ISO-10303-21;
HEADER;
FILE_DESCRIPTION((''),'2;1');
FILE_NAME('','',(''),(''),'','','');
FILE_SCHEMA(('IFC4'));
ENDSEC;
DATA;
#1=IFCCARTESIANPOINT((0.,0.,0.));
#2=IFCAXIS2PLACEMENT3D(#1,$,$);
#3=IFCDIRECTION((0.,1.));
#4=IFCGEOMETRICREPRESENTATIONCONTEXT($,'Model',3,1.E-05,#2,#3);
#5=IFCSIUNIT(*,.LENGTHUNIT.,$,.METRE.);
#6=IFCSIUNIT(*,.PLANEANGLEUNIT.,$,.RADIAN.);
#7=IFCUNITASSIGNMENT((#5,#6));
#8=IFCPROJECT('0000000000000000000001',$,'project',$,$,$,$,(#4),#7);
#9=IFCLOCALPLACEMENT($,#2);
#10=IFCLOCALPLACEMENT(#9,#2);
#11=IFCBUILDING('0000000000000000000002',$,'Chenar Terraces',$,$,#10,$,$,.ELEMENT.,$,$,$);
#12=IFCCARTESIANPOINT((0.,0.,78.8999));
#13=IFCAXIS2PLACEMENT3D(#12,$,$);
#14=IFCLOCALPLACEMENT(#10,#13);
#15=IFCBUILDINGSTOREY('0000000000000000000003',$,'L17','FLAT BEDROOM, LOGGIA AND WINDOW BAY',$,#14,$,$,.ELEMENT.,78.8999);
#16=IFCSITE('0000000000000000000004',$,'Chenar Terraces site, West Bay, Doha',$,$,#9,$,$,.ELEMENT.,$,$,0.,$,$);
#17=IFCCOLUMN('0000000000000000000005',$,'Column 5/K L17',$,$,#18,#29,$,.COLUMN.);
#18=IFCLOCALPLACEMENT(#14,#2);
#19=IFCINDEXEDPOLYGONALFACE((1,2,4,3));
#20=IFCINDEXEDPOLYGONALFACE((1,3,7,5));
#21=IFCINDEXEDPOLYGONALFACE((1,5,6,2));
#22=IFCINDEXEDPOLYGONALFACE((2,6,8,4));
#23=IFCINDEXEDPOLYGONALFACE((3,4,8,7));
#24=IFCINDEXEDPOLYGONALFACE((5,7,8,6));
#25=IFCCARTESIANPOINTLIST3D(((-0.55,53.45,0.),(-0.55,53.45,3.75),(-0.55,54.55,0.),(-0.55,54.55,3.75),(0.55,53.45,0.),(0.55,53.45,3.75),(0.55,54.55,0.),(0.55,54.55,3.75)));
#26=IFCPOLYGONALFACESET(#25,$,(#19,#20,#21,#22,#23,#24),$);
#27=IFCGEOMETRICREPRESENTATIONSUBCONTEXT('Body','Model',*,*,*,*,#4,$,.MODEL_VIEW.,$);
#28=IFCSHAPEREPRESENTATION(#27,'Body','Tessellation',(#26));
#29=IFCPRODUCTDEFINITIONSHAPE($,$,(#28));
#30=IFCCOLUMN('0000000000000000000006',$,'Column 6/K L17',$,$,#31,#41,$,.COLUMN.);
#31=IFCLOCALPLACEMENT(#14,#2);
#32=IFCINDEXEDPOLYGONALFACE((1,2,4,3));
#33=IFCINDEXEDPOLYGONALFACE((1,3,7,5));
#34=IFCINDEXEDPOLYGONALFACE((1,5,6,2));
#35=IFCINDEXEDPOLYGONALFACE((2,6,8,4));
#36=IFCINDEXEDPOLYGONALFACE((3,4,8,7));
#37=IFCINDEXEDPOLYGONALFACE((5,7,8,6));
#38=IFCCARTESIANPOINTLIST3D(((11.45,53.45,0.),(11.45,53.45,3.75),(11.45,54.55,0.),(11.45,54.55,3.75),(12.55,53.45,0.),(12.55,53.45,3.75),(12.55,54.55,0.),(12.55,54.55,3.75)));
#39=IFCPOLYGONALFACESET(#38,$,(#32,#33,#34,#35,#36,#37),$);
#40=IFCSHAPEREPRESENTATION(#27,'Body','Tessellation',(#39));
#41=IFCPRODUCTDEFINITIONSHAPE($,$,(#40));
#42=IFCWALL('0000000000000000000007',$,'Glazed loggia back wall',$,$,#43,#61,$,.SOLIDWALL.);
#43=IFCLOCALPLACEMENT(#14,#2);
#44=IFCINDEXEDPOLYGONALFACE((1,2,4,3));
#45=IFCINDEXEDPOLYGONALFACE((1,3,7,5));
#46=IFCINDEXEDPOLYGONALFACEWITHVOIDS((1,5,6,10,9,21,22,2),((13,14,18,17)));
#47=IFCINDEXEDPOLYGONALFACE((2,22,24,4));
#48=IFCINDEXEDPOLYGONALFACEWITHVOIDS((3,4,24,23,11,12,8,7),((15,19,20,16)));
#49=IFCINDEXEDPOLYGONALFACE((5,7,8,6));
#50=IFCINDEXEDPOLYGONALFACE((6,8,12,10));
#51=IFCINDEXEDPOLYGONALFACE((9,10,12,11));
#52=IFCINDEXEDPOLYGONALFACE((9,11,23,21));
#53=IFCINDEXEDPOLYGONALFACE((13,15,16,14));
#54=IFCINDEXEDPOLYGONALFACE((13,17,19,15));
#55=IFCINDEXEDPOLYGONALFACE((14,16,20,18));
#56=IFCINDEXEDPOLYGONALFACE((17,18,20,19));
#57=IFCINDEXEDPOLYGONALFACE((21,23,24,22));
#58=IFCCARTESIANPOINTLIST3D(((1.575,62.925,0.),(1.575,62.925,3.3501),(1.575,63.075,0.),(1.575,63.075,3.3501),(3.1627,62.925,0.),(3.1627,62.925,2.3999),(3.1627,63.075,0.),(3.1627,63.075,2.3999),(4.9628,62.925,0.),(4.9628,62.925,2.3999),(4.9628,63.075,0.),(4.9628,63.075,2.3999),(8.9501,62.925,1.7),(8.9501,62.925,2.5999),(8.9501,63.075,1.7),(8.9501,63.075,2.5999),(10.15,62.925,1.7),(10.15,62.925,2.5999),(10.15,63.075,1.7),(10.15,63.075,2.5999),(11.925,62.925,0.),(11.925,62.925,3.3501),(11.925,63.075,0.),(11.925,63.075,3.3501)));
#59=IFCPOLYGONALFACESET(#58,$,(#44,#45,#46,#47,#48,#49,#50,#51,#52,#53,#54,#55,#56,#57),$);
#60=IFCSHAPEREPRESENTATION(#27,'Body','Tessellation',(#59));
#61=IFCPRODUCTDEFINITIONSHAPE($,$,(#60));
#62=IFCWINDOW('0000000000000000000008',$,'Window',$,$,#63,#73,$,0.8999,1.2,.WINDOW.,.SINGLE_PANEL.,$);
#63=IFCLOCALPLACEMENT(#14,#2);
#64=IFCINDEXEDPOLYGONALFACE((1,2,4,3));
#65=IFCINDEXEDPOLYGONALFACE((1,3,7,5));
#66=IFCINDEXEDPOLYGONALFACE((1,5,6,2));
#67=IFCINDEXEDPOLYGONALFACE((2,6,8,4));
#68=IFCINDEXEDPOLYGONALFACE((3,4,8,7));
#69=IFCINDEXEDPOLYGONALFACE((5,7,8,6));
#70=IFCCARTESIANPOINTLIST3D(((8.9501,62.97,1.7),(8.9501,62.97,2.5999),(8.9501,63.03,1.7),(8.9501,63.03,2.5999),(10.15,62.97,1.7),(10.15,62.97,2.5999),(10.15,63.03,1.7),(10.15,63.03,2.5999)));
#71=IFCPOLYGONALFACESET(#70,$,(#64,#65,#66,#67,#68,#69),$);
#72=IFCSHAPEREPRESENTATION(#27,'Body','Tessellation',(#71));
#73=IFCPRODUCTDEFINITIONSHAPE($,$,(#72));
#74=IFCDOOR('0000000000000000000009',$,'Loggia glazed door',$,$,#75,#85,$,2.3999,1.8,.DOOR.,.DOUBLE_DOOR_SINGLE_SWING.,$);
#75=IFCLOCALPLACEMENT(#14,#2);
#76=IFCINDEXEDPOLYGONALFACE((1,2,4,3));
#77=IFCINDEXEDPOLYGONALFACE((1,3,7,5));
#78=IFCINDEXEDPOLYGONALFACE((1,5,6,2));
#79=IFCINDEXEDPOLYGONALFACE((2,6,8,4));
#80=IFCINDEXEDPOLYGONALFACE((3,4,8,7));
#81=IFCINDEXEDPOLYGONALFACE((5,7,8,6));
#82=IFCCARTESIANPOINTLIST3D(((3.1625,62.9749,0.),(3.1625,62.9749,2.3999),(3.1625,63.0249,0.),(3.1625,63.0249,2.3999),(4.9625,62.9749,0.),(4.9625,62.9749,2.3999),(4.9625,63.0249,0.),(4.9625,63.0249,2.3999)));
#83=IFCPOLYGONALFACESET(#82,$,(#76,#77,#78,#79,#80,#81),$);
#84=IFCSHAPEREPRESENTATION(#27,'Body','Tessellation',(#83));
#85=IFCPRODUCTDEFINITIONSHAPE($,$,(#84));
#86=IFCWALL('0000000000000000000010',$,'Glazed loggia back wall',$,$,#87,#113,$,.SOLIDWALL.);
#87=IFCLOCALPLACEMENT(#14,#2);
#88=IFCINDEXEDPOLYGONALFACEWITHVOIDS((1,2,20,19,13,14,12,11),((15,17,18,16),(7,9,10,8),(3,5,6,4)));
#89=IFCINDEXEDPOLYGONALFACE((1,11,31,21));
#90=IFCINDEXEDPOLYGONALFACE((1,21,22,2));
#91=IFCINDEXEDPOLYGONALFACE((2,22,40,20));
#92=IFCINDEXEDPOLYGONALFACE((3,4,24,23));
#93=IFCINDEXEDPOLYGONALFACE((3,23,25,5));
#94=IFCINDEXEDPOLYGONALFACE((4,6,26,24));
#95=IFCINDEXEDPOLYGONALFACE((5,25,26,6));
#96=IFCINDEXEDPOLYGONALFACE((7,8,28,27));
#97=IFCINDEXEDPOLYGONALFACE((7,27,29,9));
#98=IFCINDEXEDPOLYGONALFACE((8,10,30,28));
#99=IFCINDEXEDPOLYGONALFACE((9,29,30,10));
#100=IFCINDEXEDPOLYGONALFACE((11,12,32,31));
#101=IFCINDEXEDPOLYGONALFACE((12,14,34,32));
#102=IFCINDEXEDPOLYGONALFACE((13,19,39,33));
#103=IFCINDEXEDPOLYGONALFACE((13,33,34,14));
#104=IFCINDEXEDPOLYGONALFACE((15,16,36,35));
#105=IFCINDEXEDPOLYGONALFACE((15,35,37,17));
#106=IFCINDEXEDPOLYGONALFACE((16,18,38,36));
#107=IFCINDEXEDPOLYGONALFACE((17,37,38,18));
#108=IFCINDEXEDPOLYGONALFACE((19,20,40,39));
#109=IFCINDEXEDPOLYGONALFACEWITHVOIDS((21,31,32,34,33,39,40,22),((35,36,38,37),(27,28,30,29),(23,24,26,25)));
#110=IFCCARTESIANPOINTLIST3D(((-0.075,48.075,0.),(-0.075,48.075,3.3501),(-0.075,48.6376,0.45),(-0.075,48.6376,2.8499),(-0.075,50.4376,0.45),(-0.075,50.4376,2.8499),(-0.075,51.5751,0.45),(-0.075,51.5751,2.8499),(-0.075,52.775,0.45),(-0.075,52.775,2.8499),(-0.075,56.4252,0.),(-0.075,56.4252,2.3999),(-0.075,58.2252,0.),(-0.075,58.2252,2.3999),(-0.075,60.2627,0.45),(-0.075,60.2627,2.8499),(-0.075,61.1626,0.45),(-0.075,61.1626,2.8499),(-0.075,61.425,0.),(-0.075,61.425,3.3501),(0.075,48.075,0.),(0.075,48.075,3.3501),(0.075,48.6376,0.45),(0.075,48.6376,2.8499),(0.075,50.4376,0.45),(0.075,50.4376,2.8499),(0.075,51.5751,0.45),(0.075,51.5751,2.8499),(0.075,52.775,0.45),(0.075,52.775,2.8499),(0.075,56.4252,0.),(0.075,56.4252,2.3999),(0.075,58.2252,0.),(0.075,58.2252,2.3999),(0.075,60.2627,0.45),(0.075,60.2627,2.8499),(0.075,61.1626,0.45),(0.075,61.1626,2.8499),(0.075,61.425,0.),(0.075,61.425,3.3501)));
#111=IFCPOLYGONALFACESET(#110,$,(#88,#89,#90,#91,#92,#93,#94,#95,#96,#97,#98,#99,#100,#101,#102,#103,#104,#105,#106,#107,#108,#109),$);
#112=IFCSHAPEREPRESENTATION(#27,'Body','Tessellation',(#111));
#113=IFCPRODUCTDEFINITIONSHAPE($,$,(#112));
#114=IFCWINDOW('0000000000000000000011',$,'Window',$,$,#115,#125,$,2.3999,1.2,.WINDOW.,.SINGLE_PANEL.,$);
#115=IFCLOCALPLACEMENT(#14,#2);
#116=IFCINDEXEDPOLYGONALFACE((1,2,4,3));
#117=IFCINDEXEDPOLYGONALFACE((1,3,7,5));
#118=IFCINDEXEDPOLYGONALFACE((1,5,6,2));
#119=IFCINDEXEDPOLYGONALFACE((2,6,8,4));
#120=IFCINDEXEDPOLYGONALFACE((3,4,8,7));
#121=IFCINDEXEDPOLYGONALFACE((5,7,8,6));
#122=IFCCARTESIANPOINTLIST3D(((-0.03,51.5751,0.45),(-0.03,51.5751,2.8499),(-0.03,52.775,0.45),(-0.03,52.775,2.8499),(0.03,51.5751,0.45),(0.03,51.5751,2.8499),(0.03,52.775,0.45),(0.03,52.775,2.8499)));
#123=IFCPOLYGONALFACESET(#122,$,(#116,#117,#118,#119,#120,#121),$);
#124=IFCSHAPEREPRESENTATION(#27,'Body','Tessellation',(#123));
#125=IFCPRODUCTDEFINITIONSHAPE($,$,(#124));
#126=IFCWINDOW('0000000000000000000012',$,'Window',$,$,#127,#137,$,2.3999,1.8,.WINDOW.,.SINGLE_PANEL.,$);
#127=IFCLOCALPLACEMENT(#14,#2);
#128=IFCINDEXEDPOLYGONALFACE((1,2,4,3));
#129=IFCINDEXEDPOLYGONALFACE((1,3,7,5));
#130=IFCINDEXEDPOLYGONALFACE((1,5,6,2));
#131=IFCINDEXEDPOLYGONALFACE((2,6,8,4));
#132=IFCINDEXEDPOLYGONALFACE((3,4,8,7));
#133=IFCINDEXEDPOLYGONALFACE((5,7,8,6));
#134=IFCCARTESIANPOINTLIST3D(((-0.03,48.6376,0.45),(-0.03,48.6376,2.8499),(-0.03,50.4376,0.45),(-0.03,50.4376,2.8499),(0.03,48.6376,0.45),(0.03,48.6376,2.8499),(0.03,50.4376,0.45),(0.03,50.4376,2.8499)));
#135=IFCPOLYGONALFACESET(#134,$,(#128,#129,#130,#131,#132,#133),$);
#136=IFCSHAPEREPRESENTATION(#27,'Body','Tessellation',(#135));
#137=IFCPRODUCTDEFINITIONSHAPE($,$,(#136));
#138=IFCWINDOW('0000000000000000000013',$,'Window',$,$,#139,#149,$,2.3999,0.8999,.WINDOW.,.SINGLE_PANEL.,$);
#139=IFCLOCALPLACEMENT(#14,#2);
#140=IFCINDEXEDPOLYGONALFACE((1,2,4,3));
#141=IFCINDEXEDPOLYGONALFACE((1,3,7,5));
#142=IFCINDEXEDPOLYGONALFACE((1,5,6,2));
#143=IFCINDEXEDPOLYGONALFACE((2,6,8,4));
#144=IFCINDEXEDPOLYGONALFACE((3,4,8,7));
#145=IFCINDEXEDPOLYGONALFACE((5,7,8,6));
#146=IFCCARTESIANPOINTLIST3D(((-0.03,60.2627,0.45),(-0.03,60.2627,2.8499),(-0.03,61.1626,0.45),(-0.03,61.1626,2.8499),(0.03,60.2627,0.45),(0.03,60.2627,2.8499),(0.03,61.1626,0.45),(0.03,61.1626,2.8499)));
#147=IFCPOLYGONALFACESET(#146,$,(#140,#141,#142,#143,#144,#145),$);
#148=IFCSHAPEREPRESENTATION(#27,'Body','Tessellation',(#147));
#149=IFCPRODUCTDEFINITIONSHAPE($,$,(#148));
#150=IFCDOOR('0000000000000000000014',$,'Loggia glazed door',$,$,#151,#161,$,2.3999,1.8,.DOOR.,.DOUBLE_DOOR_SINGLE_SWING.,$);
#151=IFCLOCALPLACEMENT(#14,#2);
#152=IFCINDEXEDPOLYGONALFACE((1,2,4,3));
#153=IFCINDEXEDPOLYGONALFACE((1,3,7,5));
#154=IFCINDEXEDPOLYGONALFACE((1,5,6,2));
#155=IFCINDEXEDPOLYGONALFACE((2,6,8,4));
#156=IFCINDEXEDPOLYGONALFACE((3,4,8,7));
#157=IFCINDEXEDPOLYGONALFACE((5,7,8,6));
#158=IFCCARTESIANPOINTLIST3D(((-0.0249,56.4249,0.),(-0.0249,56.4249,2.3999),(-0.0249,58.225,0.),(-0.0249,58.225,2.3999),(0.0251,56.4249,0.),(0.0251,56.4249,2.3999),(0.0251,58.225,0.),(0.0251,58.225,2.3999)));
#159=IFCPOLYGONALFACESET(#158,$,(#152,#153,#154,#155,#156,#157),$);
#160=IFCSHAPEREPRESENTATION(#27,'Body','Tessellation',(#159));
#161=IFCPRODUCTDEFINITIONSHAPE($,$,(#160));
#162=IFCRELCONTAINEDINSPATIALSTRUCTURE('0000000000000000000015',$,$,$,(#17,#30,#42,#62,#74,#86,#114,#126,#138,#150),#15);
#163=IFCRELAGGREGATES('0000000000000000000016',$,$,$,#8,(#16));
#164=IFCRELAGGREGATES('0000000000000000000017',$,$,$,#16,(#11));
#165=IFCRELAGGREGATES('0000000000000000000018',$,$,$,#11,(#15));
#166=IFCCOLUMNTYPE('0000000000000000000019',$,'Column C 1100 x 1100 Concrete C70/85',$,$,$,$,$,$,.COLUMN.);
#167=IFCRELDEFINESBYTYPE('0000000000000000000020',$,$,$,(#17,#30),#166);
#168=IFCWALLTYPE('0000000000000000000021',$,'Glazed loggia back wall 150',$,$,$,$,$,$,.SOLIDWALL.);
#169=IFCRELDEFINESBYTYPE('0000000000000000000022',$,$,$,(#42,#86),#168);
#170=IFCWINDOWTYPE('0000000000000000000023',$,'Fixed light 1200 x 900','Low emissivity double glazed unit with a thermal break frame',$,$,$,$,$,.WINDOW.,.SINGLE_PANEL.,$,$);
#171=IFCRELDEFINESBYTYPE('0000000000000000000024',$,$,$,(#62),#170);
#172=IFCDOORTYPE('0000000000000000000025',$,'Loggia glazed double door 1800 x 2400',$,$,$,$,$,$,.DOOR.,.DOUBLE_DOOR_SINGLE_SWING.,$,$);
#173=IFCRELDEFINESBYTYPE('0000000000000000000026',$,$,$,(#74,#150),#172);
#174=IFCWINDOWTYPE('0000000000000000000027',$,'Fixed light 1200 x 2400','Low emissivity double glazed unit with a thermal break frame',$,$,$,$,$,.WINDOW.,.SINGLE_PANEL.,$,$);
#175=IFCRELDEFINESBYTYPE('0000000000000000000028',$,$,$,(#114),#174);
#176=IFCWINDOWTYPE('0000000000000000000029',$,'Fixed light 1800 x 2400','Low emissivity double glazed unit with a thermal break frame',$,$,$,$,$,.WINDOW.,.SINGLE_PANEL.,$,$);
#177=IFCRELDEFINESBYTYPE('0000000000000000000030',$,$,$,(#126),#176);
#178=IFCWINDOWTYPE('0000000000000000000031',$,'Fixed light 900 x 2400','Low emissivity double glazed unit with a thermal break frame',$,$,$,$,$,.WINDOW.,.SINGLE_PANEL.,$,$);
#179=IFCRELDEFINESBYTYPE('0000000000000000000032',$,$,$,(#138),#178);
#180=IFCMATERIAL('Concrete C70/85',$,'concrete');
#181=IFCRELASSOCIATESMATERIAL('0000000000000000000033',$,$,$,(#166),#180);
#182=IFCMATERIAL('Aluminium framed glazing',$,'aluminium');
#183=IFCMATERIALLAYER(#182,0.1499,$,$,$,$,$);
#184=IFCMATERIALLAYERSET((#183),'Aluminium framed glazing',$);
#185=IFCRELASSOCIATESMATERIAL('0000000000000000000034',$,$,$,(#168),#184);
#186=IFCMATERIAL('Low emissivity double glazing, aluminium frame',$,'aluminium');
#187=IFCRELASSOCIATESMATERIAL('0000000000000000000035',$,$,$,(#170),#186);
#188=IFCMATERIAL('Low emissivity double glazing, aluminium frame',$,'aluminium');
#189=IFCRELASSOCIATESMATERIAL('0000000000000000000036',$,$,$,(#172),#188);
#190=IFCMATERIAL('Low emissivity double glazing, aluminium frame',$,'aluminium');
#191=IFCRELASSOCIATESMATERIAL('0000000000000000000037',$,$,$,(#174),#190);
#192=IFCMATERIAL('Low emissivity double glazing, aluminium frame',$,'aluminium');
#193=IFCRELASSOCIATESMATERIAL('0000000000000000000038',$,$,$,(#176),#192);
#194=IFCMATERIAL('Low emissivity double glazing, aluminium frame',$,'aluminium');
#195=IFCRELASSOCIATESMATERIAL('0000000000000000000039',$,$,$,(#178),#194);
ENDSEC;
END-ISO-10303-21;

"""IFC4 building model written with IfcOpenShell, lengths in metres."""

from ifc_helpers import new_model, si_unit, direction, frame, frame_2d, origin, origin_2d, place, context, subcontext, project, spatial, rectangle, extrude, material, layer, layer_set, material_profile, profile_set, type_object, element, fill, save


model = new_model("IFC4")

# Units and contexts
model_context = context("Model", 3, precision=1e-05, world=origin(), true_north=direction((0.0, 1.0)))
body_context = subcontext(model_context, "Body", "Model", "MODEL_VIEW")
ifc_project = project(units=[si_unit("LENGTHUNIT", "METRE"), si_unit("PLANEANGLEUNIT", "RADIAN")], contexts=[model_context])

# Site, building, storey
site_placement = place(None, origin())
site = spatial("IfcSite", under=ifc_project, at=site_placement, Name="Chenar Terraces site, West Bay, Doha", CompositionType="ELEMENT", RefElevation=0.0)
building_placement = place(site_placement, origin())
building = spatial("IfcBuilding", under=site, at=building_placement, Name="Chenar Terraces", CompositionType="ELEMENT")
storey_placement = place(building_placement, frame((0.0, 0.0, 78.8999)))
storey = spatial("IfcBuildingStorey", under=building, at=storey_placement, Name="L17", Description="FLAT BEDROOM, LOGGIA AND WINDOW BAY", CompositionType="ELEMENT", Elevation=78.8999)

# Columns
ifc_material_1 = material(Name="Concrete C70/85", Category="concrete")
ifc_material_profile_1 = material_profile(ifc_material_1, rectangle(XDim=1.1001, YDim=1.1001, at=origin_2d()), Name="C 1100 x 1100")
ifc_profile_set_1 = profile_set([ifc_material_profile_1], Name="Concrete C70/85")
column_type = type_object("IfcColumnType", Name="Column C 1100 x 1100 Concrete C70/85", PredefinedType="COLUMN", material=ifc_profile_set_1)
for number, where, z_axis, x_axis, name in (
    (1, (0.0, 54.0, 0.0), (0.0, 0.0, 1.0), (1.0, 0.0, 0.0), "Column 5/K L17"),
    (2, (12.0, 54.0, 0.0), (0.0, 0.0, 1.0), (1.0, 0.0, 0.0), "Column 6/K L17"),
):
    element("IfcColumn", number, at=place(storey_placement, frame(where, z_axis=z_axis, x_axis=x_axis)), inside=storey, type_object=column_type, Name=name, PredefinedType="COLUMN", context=body_context, shape_type="SweptSolid", body=[
        extrude(rectangle(XDim=1.1001, YDim=1.1001, at=origin_2d()), origin(), (0.0, 0.0, 1.0), 3.75),
    ])

# Wall, openings, window, door
ifc_material_2 = material(Name="Aluminium framed glazing", Category="aluminium")
ifc_layer_1 = layer(ifc_material_2, 0.1499)
ifc_layer_set_1 = layer_set([ifc_layer_1], Name="Aluminium framed glazing")
wall_type_1 = type_object("IfcWallType", Name="Glazed loggia back wall 150", PredefinedType="SOLIDWALL", material=ifc_layer_set_1)
wall_1_placement = place(storey_placement, frame((11.925, 63.0, 0.0), z_axis=(0.0, 0.0, 1.0), x_axis=(-1.0, 0.0, 0.0)))
wall_1 = element("IfcWall", 3, at=wall_1_placement, inside=storey, type_object=wall_type_1, Name="Glazed loggia back wall", PredefinedType="SOLIDWALL", context=body_context, shape_type="SweptSolid", body=[
    extrude(rectangle(XDim=10.3501, YDim=0.1499, at=frame_2d((5.175, 0.0))), origin(), (0.0, 0.0, 1.0), 3.3501),
])
opening_1_placement = place(wall_1_placement, frame((1.7749, 0.0, 1.7)))
opening_1 = element("IfcOpeningElement", 4, at=opening_1_placement, cuts=wall_1, PredefinedType="OPENING", context=body_context, shape_type="SweptSolid", body=[
    extrude(rectangle(XDim=1.2, YDim=0.8999, at=frame_2d((0.6001, 0.45))), frame((0.0, 0.085, 0.0), z_axis=(0.0, -1.0, 0.0), x_axis=(1.0, 0.0, 0.0)), (0.0, 0.0, 1.0), 0.1699),
])
opening_2_placement = place(wall_1_placement, frame((6.9624, 0.0, 0.0)))
opening_2 = element("IfcOpeningElement", 5, at=opening_2_placement, cuts=wall_1, PredefinedType="OPENING", context=body_context, shape_type="SweptSolid", body=[
    extrude(rectangle(XDim=1.8, YDim=2.3999, at=frame_2d((0.8999, 1.2))), frame((0.0, 0.085, 0.0), z_axis=(0.0, -1.0, 0.0), x_axis=(1.0, 0.0, 0.0)), (0.0, 0.0, 1.0), 0.1699),
])
ifc_material_3 = material(Name="Low emissivity double glazing, aluminium frame", Category="aluminium")
window_type_1 = type_object("IfcWindowType", Name="Fixed light 1200 x 900", Description="Low emissivity double glazed unit with a thermal break frame", PartitioningType="SINGLE_PANEL", PredefinedType="WINDOW", material=ifc_material_3)
window_1_placement = place(opening_1_placement, origin())
window_1 = element("IfcWindow", 6, at=window_1_placement, inside=storey, type_object=window_type_1, Name="Window", OverallHeight=0.8999, OverallWidth=1.2, PartitioningType="SINGLE_PANEL", PredefinedType="WINDOW", context=body_context, shape_type="SweptSolid", body=[
    extrude(rectangle(XDim=1.2, YDim=0.8999, at=frame_2d((0.6001, 0.45))), frame((0.0, 0.03, 0.0), z_axis=(0.0, -1.0, 0.0), x_axis=(1.0, 0.0, 0.0)), (0.0, 0.0, 1.0), 0.0601),
])
fill(opening_1, window_1)
ifc_material_4 = material(Name="Low emissivity double glazing, aluminium frame", Category="aluminium")
door_type_1 = type_object("IfcDoorType", Name="Loggia glazed double door 1800 x 2400", OperationType="DOUBLE_DOOR_SINGLE_SWING", PredefinedType="DOOR", material=ifc_material_4)
door_1_placement = place(opening_2_placement, frame((1.8, 0.0, 0.0), z_axis=(0.0, 0.0, 1.0), x_axis=(-1.0, 0.0, 0.0)))
door_1 = element("IfcDoor", 7, at=door_1_placement, inside=storey, type_object=door_type_1, Name="Loggia glazed door", OperationType="DOUBLE_DOOR_SINGLE_SWING", OverallHeight=2.3999, OverallWidth=1.8, PredefinedType="DOOR", context=body_context, shape_type="SweptSolid", body=[
    extrude(rectangle(XDim=1.8, YDim=2.3999, at=frame_2d((0.8999, 1.2))), frame((0.0, 0.0249, 0.0), z_axis=(0.0, -1.0, 0.0), x_axis=(1.0, 0.0, 0.0)), (0.0, 0.0, 1.0), 0.05),
])
fill(opening_2, door_1)

# Wall, openings, windows, door
wall_2_placement = place(storey_placement, frame((0.0, 61.425, 0.0), z_axis=(0.0, 0.0, 1.0), x_axis=(0.0, -1.0, 0.0)))
wall_2 = element("IfcWall", 8, at=wall_2_placement, inside=storey, type_object=wall_type_1, Name="Glazed loggia back wall", PredefinedType="SOLIDWALL", context=body_context, shape_type="SweptSolid", body=[
    extrude(rectangle(XDim=13.3501, YDim=0.1499, at=frame_2d((6.675, 0.0))), origin(), (0.0, 0.0, 1.0), 3.3501),
])
opening_3_placement = place(wall_2_placement, frame((0.2625, 0.0, 0.45)))
opening_3 = element("IfcOpeningElement", 9, at=opening_3_placement, cuts=wall_2, PredefinedType="OPENING", context=body_context, shape_type="SweptSolid", body=[
    extrude(rectangle(XDim=0.8999, YDim=2.3999, at=frame_2d((0.45, 1.2))), frame((0.0, 0.085, 0.0), z_axis=(0.0, -1.0, 0.0), x_axis=(1.0, 0.0, 0.0)), (0.0, 0.0, 1.0), 0.1699),
])
opening_4_placement = place(wall_2_placement, frame((3.2, 0.0, 0.0)))
opening_4 = element("IfcOpeningElement", 10, at=opening_4_placement, cuts=wall_2, PredefinedType="OPENING", context=body_context, shape_type="SweptSolid", body=[
    extrude(rectangle(XDim=1.8, YDim=2.3999, at=frame_2d((0.8999, 1.2))), frame((0.0, 0.085, 0.0), z_axis=(0.0, -1.0, 0.0), x_axis=(1.0, 0.0, 0.0)), (0.0, 0.0, 1.0), 0.1699),
])
opening_5_placement = place(wall_2_placement, frame((8.6499, 0.0, 0.45)))
opening_5 = element("IfcOpeningElement", 11, at=opening_5_placement, cuts=wall_2, PredefinedType="OPENING", context=body_context, shape_type="SweptSolid", body=[
    extrude(rectangle(XDim=1.2, YDim=2.3999, at=frame_2d((0.6001, 1.2))), frame((0.0, 0.085, 0.0), z_axis=(0.0, -1.0, 0.0), x_axis=(1.0, 0.0, 0.0)), (0.0, 0.0, 1.0), 0.1699),
])
opening_6_placement = place(wall_2_placement, frame((10.9875, 0.0, 0.45)))
opening_6 = element("IfcOpeningElement", 12, at=opening_6_placement, cuts=wall_2, PredefinedType="OPENING", context=body_context, shape_type="SweptSolid", body=[
    extrude(rectangle(XDim=1.8, YDim=2.3999, at=frame_2d((0.8999, 1.2))), frame((0.0, 0.085, 0.0), z_axis=(0.0, -1.0, 0.0), x_axis=(1.0, 0.0, 0.0)), (0.0, 0.0, 1.0), 0.1699),
])
ifc_material_5 = material(Name="Low emissivity double glazing, aluminium frame", Category="aluminium")
window_type_2 = type_object("IfcWindowType", Name="Fixed light 1200 x 2400", Description="Low emissivity double glazed unit with a thermal break frame", PartitioningType="SINGLE_PANEL", PredefinedType="WINDOW", material=ifc_material_5)
window_2_placement = place(opening_5_placement, origin())
window_2 = element("IfcWindow", 13, at=window_2_placement, inside=storey, type_object=window_type_2, Name="Window", OverallHeight=2.3999, OverallWidth=1.2, PartitioningType="SINGLE_PANEL", PredefinedType="WINDOW", context=body_context, shape_type="SweptSolid", body=[
    extrude(rectangle(XDim=1.2, YDim=2.3999, at=frame_2d((0.6001, 1.2))), frame((0.0, 0.03, 0.0), z_axis=(0.0, -1.0, 0.0), x_axis=(1.0, 0.0, 0.0)), (0.0, 0.0, 1.0), 0.0601),
])
fill(opening_5, window_2)
ifc_material_6 = material(Name="Low emissivity double glazing, aluminium frame", Category="aluminium")
window_type_3 = type_object("IfcWindowType", Name="Fixed light 1800 x 2400", Description="Low emissivity double glazed unit with a thermal break frame", PartitioningType="SINGLE_PANEL", PredefinedType="WINDOW", material=ifc_material_6)
window_3_placement = place(opening_6_placement, origin())
window_3 = element("IfcWindow", 14, at=window_3_placement, inside=storey, type_object=window_type_3, Name="Window", OverallHeight=2.3999, OverallWidth=1.8, PartitioningType="SINGLE_PANEL", PredefinedType="WINDOW", context=body_context, shape_type="SweptSolid", body=[
    extrude(rectangle(XDim=1.8, YDim=2.3999, at=frame_2d((0.8999, 1.2))), frame((0.0, 0.03, 0.0), z_axis=(0.0, -1.0, 0.0), x_axis=(1.0, 0.0, 0.0)), (0.0, 0.0, 1.0), 0.0601),
])
fill(opening_6, window_3)
ifc_material_7 = material(Name="Low emissivity double glazing, aluminium frame", Category="aluminium")
window_type_4 = type_object("IfcWindowType", Name="Fixed light 900 x 2400", Description="Low emissivity double glazed unit with a thermal break frame", PartitioningType="SINGLE_PANEL", PredefinedType="WINDOW", material=ifc_material_7)
window_4_placement = place(opening_3_placement, origin())
window_4 = element("IfcWindow", 15, at=window_4_placement, inside=storey, type_object=window_type_4, Name="Window", OverallHeight=2.3999, OverallWidth=0.8999, PartitioningType="SINGLE_PANEL", PredefinedType="WINDOW", context=body_context, shape_type="SweptSolid", body=[
    extrude(rectangle(XDim=0.8999, YDim=2.3999, at=frame_2d((0.45, 1.2))), frame((0.0, 0.03, 0.0), z_axis=(0.0, -1.0, 0.0), x_axis=(1.0, 0.0, 0.0)), (0.0, 0.0, 1.0), 0.0601),
])
fill(opening_3, window_4)
door_2_placement = place(opening_4_placement, frame((1.8, 0.0, 0.0), z_axis=(0.0, 0.0, 1.0), x_axis=(-1.0, 0.0, 0.0)))
door_2 = element("IfcDoor", 16, at=door_2_placement, inside=storey, type_object=door_type_1, Name="Loggia glazed door", OperationType="DOUBLE_DOOR_SINGLE_SWING", OverallHeight=2.3999, OverallWidth=1.8, PredefinedType="DOOR", context=body_context, shape_type="SweptSolid", body=[
    extrude(rectangle(XDim=1.8, YDim=2.3999, at=frame_2d((0.8999, 1.2))), frame((0.0, 0.0249, 0.0), z_axis=(0.0, -1.0, 0.0), x_axis=(1.0, 0.0, 0.0)), (0.0, 0.0, 1.0), 0.05),
])
fill(opening_4, door_2)

save(model, "model.ifc")
